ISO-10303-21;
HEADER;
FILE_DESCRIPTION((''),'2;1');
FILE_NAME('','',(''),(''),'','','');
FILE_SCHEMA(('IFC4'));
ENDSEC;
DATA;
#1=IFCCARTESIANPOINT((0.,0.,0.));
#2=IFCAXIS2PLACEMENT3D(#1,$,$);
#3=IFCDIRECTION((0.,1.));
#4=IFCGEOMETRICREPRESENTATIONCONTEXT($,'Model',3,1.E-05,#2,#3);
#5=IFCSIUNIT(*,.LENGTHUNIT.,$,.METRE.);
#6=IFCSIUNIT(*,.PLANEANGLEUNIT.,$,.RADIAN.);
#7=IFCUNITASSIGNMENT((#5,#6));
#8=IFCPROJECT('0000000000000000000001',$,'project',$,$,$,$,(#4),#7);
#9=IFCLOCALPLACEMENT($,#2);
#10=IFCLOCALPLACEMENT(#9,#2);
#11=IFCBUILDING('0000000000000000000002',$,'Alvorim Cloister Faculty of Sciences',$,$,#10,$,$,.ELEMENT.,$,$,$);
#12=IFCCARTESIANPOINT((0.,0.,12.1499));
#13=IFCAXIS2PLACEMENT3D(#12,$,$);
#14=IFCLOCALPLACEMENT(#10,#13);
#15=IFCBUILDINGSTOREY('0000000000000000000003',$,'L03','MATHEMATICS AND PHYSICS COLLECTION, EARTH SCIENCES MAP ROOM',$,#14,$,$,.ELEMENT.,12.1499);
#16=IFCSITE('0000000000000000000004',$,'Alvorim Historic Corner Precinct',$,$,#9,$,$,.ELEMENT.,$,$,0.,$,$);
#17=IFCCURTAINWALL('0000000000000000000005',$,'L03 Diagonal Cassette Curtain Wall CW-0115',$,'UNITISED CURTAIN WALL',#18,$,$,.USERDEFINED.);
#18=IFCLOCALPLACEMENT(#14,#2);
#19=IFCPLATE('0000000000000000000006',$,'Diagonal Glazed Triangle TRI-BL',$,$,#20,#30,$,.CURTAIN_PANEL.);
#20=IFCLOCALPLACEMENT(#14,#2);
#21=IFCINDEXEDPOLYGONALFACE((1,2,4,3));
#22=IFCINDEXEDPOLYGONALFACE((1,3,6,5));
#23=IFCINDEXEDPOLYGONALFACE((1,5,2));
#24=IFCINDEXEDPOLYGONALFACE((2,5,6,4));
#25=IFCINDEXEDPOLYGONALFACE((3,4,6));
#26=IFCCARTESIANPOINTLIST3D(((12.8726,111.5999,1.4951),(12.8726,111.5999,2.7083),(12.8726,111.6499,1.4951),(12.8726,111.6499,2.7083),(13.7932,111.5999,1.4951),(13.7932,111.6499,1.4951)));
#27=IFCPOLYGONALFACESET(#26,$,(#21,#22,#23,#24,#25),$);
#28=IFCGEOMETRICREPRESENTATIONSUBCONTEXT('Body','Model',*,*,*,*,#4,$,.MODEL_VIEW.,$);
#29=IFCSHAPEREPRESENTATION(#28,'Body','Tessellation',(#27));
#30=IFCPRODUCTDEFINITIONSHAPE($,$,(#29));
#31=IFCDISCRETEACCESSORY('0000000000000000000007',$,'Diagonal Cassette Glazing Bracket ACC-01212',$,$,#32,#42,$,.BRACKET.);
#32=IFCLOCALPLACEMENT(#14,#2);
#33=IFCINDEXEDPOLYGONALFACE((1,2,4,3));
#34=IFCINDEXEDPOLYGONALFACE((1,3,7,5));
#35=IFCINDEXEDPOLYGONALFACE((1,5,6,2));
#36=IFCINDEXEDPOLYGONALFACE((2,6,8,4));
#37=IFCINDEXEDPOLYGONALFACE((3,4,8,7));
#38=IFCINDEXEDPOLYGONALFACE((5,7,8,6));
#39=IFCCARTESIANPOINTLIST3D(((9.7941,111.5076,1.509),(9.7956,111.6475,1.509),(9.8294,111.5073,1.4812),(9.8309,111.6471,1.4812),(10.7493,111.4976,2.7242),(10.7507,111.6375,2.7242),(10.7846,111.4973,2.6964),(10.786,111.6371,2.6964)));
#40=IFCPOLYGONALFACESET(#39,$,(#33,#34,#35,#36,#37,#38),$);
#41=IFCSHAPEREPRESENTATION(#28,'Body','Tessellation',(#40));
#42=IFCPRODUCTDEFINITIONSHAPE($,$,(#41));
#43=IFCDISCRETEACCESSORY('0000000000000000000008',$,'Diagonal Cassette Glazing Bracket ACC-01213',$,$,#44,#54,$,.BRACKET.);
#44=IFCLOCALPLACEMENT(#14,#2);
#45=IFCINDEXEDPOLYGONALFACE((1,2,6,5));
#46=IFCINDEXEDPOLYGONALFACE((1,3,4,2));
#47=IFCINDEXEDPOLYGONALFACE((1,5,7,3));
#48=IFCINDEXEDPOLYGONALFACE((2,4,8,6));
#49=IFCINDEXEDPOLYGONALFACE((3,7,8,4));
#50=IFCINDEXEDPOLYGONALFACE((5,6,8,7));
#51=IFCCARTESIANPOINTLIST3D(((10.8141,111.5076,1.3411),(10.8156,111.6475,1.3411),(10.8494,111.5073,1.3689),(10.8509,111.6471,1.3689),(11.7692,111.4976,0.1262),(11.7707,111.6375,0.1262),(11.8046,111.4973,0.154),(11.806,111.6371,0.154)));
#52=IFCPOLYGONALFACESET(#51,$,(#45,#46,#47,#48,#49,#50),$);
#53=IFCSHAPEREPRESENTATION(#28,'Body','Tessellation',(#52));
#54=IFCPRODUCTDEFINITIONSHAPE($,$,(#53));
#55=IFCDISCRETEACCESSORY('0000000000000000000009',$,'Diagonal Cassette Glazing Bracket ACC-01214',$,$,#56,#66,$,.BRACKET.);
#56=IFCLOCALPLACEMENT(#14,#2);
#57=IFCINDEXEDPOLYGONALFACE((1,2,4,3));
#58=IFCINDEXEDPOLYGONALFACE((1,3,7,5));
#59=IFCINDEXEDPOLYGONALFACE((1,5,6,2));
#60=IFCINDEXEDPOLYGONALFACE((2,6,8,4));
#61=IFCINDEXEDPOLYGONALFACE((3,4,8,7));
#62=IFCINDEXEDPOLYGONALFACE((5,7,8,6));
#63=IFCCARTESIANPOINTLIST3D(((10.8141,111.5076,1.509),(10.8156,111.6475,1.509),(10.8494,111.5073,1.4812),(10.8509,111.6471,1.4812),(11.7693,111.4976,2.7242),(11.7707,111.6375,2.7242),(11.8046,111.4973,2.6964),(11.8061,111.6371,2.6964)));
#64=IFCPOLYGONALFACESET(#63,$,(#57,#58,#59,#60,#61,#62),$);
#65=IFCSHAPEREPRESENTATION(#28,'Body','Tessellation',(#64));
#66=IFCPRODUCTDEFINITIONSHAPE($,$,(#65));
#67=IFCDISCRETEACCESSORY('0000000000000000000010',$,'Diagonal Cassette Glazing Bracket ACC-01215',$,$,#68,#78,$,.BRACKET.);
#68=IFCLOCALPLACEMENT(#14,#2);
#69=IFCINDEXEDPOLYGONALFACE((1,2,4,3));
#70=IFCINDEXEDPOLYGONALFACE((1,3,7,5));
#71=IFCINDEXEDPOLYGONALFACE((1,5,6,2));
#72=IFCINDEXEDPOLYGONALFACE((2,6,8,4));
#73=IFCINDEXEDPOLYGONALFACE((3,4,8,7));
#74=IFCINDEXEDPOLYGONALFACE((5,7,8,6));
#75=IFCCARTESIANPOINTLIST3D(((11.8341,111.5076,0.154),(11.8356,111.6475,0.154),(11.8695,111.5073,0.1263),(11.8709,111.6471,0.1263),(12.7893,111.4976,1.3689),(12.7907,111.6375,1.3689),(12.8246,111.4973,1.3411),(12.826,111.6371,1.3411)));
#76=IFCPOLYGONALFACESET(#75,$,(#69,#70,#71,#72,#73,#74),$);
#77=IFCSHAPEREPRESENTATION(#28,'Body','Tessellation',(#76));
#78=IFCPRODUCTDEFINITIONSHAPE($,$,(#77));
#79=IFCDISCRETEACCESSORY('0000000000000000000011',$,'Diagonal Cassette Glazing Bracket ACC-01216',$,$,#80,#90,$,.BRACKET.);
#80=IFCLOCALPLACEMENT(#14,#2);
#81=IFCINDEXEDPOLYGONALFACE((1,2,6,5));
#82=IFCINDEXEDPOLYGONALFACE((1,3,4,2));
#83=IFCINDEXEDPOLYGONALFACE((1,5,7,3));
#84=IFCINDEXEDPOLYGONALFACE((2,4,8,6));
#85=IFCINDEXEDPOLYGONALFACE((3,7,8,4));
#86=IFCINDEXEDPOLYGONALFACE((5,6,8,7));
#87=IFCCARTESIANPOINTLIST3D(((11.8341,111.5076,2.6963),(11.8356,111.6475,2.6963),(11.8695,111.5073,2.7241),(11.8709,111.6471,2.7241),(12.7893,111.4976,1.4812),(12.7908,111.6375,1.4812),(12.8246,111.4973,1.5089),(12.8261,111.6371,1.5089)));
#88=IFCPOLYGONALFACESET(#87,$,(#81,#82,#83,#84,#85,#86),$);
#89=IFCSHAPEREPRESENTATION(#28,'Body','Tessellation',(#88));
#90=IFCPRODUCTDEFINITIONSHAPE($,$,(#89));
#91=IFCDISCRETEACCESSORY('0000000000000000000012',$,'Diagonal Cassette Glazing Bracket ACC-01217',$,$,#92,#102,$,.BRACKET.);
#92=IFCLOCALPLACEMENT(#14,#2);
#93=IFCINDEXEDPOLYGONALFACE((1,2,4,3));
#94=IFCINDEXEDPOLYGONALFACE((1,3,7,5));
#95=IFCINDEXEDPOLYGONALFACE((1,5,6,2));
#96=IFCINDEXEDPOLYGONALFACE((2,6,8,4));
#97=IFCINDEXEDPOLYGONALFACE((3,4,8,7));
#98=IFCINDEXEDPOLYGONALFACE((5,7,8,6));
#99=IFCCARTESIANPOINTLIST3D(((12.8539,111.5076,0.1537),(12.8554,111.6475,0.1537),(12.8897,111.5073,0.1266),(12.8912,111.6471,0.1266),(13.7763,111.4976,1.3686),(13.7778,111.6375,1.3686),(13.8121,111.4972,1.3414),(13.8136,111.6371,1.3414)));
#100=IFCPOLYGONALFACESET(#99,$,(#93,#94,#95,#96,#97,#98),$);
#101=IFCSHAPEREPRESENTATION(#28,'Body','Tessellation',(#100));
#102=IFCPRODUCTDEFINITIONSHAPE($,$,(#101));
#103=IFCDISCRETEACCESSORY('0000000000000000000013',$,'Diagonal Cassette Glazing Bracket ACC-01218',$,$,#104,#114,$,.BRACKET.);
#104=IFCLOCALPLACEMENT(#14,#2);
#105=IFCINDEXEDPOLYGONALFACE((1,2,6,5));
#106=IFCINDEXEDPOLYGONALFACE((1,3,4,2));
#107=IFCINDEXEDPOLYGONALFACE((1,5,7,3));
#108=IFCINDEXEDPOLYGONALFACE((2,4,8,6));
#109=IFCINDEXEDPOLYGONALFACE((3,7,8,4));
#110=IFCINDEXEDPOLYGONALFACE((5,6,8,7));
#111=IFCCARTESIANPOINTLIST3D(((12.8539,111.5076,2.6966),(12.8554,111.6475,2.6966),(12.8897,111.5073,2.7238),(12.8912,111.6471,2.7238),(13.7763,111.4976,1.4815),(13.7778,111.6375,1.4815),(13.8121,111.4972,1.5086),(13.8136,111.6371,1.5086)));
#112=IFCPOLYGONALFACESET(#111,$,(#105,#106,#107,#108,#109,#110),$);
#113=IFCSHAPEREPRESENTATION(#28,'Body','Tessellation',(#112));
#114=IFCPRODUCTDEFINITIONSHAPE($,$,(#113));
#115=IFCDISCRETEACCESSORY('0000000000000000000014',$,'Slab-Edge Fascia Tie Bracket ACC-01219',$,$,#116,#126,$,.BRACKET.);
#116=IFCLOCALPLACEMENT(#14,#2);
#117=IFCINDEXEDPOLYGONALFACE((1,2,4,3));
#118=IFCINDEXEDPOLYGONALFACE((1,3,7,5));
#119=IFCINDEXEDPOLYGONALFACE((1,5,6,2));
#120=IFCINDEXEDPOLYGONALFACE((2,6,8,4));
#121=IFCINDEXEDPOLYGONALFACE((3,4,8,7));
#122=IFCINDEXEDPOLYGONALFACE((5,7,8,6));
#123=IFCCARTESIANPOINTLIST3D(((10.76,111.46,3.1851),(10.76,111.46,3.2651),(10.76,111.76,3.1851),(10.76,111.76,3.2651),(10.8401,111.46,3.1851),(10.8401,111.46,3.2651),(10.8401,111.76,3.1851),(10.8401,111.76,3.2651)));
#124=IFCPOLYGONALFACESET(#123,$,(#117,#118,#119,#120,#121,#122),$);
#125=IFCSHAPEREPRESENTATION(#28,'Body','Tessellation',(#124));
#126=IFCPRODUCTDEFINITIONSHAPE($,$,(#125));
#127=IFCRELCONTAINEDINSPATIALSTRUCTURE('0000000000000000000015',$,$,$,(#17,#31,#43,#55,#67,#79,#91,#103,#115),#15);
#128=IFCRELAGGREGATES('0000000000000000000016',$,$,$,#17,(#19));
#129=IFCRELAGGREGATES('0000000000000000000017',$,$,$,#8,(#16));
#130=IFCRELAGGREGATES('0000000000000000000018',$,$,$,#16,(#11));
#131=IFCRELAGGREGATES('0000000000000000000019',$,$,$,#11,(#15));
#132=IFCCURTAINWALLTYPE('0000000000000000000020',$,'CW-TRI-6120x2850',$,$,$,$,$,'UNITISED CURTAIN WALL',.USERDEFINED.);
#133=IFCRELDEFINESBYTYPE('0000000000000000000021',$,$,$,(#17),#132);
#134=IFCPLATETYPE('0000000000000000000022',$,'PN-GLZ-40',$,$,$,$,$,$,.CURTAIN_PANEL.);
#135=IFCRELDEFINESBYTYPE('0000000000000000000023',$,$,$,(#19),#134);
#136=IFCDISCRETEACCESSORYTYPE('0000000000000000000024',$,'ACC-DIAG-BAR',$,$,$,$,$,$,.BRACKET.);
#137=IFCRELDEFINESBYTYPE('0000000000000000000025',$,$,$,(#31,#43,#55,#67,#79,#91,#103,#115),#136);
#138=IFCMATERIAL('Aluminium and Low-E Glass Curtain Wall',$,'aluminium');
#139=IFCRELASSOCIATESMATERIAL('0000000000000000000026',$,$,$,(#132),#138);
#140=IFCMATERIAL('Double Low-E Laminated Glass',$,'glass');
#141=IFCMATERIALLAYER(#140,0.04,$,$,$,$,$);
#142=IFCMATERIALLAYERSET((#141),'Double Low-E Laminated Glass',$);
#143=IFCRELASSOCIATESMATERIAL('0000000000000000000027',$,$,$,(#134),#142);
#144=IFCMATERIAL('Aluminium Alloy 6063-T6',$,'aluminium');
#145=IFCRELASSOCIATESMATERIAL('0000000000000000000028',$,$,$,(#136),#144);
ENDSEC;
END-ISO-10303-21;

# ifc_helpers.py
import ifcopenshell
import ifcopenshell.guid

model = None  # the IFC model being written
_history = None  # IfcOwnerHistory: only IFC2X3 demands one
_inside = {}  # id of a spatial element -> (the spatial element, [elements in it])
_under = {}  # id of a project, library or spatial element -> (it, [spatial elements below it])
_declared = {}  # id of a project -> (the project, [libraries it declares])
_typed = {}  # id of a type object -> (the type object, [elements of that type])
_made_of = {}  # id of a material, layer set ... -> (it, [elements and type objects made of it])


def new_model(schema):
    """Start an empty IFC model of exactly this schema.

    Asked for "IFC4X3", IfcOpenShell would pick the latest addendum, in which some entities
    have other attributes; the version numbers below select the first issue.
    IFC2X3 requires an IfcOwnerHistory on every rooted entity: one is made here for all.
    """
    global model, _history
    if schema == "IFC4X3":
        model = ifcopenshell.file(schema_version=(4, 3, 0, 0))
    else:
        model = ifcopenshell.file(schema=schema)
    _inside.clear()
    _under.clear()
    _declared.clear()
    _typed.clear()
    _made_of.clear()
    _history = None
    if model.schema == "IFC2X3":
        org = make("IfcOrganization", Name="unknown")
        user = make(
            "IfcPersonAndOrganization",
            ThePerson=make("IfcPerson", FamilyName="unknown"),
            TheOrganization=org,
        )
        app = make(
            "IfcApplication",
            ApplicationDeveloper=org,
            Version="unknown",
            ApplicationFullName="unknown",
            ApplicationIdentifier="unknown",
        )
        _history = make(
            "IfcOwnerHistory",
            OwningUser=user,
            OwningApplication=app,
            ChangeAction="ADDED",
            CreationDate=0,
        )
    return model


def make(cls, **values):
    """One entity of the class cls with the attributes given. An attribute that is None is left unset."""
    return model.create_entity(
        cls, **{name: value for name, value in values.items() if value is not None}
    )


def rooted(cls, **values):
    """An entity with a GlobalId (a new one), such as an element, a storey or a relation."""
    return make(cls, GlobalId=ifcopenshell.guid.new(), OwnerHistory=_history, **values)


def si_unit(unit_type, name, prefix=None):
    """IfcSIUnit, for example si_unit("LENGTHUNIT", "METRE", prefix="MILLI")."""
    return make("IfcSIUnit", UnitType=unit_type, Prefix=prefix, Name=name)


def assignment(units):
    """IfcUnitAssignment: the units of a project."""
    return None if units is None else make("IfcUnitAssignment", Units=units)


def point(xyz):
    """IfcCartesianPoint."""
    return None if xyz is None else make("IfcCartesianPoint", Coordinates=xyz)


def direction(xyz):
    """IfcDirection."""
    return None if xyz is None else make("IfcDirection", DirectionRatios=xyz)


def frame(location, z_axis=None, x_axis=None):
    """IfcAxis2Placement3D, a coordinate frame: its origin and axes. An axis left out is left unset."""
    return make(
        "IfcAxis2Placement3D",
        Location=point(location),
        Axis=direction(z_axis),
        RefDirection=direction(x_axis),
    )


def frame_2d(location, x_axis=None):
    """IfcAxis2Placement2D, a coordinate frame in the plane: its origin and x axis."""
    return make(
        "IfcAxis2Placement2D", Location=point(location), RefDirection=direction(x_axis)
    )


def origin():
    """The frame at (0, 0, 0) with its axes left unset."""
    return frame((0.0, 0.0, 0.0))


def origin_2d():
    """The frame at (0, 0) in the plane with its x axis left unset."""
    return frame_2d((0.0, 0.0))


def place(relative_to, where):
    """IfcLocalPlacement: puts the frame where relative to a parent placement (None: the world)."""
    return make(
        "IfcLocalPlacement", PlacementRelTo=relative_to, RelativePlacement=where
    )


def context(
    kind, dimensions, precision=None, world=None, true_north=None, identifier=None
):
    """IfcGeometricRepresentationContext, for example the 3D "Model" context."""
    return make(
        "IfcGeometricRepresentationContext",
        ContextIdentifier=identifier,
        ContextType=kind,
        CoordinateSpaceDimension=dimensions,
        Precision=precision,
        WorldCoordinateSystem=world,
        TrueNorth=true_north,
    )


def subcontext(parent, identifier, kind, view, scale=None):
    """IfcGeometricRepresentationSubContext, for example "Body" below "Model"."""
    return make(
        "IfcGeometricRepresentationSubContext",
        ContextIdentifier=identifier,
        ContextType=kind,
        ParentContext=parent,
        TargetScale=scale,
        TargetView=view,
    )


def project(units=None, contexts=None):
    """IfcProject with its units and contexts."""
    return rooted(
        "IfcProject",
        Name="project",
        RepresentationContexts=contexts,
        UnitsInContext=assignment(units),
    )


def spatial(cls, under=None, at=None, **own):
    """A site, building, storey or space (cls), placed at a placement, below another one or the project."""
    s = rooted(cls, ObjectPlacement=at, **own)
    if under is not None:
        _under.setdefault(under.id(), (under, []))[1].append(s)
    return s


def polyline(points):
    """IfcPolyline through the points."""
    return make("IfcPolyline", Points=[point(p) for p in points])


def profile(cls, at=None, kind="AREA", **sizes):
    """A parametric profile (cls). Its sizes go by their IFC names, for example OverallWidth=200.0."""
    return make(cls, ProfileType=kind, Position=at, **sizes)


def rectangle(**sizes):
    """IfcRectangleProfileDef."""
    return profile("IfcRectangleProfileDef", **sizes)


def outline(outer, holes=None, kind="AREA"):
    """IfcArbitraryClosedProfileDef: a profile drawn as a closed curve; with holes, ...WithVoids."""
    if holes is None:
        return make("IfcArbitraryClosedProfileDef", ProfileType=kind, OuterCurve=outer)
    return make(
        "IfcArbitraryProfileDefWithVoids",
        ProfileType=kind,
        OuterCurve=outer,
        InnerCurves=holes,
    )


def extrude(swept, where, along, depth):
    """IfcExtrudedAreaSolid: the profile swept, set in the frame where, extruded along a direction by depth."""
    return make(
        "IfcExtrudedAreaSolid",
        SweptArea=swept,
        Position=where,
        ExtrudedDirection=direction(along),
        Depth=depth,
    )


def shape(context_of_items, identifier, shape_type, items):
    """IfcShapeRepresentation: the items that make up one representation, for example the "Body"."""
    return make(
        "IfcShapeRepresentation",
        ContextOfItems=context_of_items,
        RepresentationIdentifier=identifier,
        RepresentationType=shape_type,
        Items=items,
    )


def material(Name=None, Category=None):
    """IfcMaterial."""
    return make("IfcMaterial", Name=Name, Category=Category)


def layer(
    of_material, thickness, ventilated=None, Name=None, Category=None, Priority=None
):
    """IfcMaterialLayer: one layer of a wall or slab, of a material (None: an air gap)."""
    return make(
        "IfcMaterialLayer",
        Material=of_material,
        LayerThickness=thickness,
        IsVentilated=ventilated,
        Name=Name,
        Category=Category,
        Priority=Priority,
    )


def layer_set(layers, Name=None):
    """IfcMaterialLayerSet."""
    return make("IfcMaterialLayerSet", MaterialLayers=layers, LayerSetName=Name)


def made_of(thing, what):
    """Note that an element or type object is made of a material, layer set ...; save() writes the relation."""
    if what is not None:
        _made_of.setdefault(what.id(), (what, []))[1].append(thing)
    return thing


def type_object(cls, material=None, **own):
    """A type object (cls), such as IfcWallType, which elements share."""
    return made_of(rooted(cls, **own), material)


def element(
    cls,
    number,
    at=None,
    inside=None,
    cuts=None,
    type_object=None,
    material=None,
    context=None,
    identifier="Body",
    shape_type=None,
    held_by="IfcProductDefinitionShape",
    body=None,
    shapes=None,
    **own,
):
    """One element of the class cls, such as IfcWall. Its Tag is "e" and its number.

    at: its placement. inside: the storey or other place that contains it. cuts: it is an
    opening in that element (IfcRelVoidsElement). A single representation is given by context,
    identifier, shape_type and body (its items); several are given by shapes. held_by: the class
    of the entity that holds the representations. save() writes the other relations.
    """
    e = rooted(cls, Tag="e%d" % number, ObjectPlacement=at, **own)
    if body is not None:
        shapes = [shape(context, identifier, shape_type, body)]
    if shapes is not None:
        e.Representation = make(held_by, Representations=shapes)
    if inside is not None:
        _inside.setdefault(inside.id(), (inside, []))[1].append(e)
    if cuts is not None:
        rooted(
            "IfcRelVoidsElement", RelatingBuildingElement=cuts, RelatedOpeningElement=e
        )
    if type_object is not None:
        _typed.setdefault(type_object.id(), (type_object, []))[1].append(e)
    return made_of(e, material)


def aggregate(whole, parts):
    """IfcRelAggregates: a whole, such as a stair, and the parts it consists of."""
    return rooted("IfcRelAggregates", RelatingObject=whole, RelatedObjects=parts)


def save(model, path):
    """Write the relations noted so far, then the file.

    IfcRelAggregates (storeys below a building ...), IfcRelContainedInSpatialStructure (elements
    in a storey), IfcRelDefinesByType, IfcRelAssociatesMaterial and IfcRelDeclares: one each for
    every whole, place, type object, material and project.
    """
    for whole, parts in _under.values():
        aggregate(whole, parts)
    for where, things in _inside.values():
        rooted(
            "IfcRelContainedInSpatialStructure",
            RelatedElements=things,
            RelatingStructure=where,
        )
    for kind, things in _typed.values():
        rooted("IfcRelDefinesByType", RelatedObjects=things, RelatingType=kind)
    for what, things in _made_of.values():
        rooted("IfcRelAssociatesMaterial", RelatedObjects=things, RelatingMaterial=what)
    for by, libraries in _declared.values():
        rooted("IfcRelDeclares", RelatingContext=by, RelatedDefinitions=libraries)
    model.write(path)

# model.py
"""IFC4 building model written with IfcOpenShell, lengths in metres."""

from ifc_helpers import new_model, si_unit, direction, frame, origin, origin_2d, place, context, subcontext, project, spatial, polyline, rectangle, outline, extrude, material, layer, layer_set, type_object, element, aggregate, save


model = new_model("IFC4")

# Units and contexts
model_context = context("Model", 3, precision=1e-05, world=origin(), true_north=direction((0.0, 1.0)))
body_context = subcontext(model_context, "Body", "Model", "MODEL_VIEW")
ifc_project = project(units=[si_unit("LENGTHUNIT", "METRE"), si_unit("PLANEANGLEUNIT", "RADIAN")], contexts=[model_context])

# Site, building, storey
site_placement = place(None, origin())
site = spatial("IfcSite", under=ifc_project, at=site_placement, Name="Alvorim Historic Corner Precinct", CompositionType="ELEMENT", RefElevation=0.0)
building_placement = place(site_placement, origin())
building = spatial("IfcBuilding", under=site, at=building_placement, Name="Alvorim Cloister Faculty of Sciences", CompositionType="ELEMENT")
storey_placement = place(building_placement, frame((0.0, 0.0, 12.1499)))
storey = spatial("IfcBuildingStorey", under=building, at=storey_placement, Name="L03", Description="MATHEMATICS AND PHYSICS COLLECTION, EARTH SCIENCES MAP ROOM", CompositionType="ELEMENT", Elevation=12.1499)

# Curtain wall, plate
ifc_material_1 = material(Name="Aluminium and Low-E Glass Curtain Wall", Category="aluminium")
curtain_wall_type = type_object("IfcCurtainWallType", Name="CW-TRI-6120x2850", ElementType="UNITISED CURTAIN WALL", PredefinedType="USERDEFINED", material=ifc_material_1)
curtain_wall_placement = place(storey_placement, origin())
curtain_wall = element("IfcCurtainWall", 1, at=curtain_wall_placement, inside=storey, type_object=curtain_wall_type, Name="L03 Diagonal Cassette Curtain Wall CW-0115", ObjectType="UNITISED CURTAIN WALL", PredefinedType="USERDEFINED")
ifc_material_2 = material(Name="Aluminium Alloy 6063-T6", Category="aluminium")
ifc_material_3 = material(Name="Double Low-E Laminated Glass", Category="glass")
ifc_layer = layer(ifc_material_3, 0.04)
ifc_layer_set = layer_set([ifc_layer], Name="Double Low-E Laminated Glass")
plate_type = type_object("IfcPlateType", Name="PN-GLZ-40", PredefinedType="CURTAIN_PANEL", material=ifc_layer_set)
plate_1_placement = place(storey_placement, frame((12.8726, 111.625, 1.4951), z_axis=(0.0, 0.0, 1.0), x_axis=(1.0, 0.0, 0.0)))
plate_1 = element("IfcPlate", 2, at=plate_1_placement, type_object=plate_type, Name="Diagonal Glazed Triangle TRI-BL", PredefinedType="CURTAIN_PANEL", context=body_context, shape_type="SweptSolid", body=[
    extrude(outline(polyline([(0.0, 0.0), (0.9207, 0.0), (0.0, 1.2131), (0.0, 0.0)])), frame((0.0, 0.0249, 0.0), z_axis=(0.0, -1.0, 0.0), x_axis=(1.0, 0.0, 0.0)), (0.0, 0.0, 1.0), 0.05),
])
aggregate(curtain_wall, [plate_1])

# Discrete accessories
discrete_accessory_type = type_object("IfcDiscreteAccessoryType", Name="ACC-DIAG-BAR", PredefinedType="BRACKET", material=ifc_material_2)
discrete_accessory_1_placement = place(storey_placement, frame((9.8125, 111.5774, 1.4951), z_axis=(0.617955, -0.006477, 0.786187), x_axis=(0.01048, 0.999945, 0.0)))
element("IfcDiscreteAccessory", 3, at=discrete_accessory_1_placement, inside=storey, type_object=discrete_accessory_type, Name="Diagonal Cassette Glazing Bracket ACC-01212", PredefinedType="BRACKET", context=body_context, shape_type="SweptSolid", body=[
    extrude(rectangle(XDim=0.1399, YDim=0.0449, at=origin_2d()), origin(), (0.0, 0.0, 1.0), 1.5457),
])
discrete_accessory_2_placement = place(storey_placement, frame((10.8325, 111.5774, 1.355), z_axis=(0.618032, -0.006477, -0.786126), x_axis=(0.01048, 0.999945, 0.0)))
element("IfcDiscreteAccessory", 4, at=discrete_accessory_2_placement, inside=storey, type_object=discrete_accessory_type, Name="Diagonal Cassette Glazing Bracket ACC-01213", PredefinedType="BRACKET", context=body_context, shape_type="SweptSolid", body=[
    extrude(rectangle(XDim=0.1399, YDim=0.0449, at=origin_2d()), origin(), (0.0, 0.0, 1.0), 1.5454),
])
discrete_accessory_3_placement = place(storey_placement, frame((10.8325, 111.5774, 1.4951), z_axis=(0.617955, -0.006477, 0.786187), x_axis=(0.01048, 0.999945, 0.0)))
element("IfcDiscreteAccessory", 5, at=discrete_accessory_3_placement, inside=storey, type_object=discrete_accessory_type, Name="Diagonal Cassette Glazing Bracket ACC-01214", PredefinedType="BRACKET", context=body_context, shape_type="SweptSolid", body=[
    extrude(rectangle(XDim=0.1399, YDim=0.0449, at=origin_2d()), origin(), (0.0, 0.0, 1.0), 1.5457),
])
discrete_accessory_4_placement = place(storey_placement, frame((11.8525, 111.5774, 0.1401), z_axis=(0.618032, -0.006477, 0.786126), x_axis=(0.01048, 0.999945, 0.0)))
element("IfcDiscreteAccessory", 6, at=discrete_accessory_4_placement, inside=storey, type_object=discrete_accessory_type, Name="Diagonal Cassette Glazing Bracket ACC-01215", PredefinedType="BRACKET", context=body_context, shape_type="SweptSolid", body=[
    extrude(rectangle(XDim=0.1399, YDim=0.0449, at=origin_2d()), origin(), (0.0, 0.0, 1.0), 1.5454),
])
discrete_accessory_5_placement = place(storey_placement, frame((11.8525, 111.5774, 2.7102), z_axis=(0.617955, -0.006477, -0.786187), x_axis=(0.01048, 0.999945, 0.0)))
element("IfcDiscreteAccessory", 7, at=discrete_accessory_5_placement, inside=storey, type_object=discrete_accessory_type, Name="Diagonal Cassette Glazing Bracket ACC-01216", PredefinedType="BRACKET", context=body_context, shape_type="SweptSolid", body=[
    extrude(rectangle(XDim=0.1399, YDim=0.0449, at=origin_2d()), origin(), (0.0, 0.0, 1.0), 1.5457),
])
discrete_accessory_6_placement = place(storey_placement, frame((12.8726, 111.5774, 0.1401), z_axis=(0.604689, -0.006562, 0.796435), x_axis=(0.010852, 0.999941, 0.0)))
element("IfcDiscreteAccessory", 8, at=discrete_accessory_6_placement, inside=storey, type_object=discrete_accessory_type, Name="Diagonal Cassette Glazing Bracket ACC-01217", PredefinedType="BRACKET", context=body_context, shape_type="SweptSolid", body=[
    extrude(rectangle(XDim=0.1399, YDim=0.0449, at=origin_2d()), origin(), (0.0, 0.0, 1.0), 1.5254),
])
discrete_accessory_7_placement = place(storey_placement, frame((12.8726, 111.5774, 2.7102), z_axis=(0.604612, -0.006561, -0.796493), x_axis=(0.010852, 0.999941, 0.0)))
element("IfcDiscreteAccessory", 9, at=discrete_accessory_7_placement, inside=storey, type_object=discrete_accessory_type, Name="Diagonal Cassette Glazing Bracket ACC-01218", PredefinedType="BRACKET", context=body_context, shape_type="SweptSolid", body=[
    extrude(rectangle(XDim=0.1399, YDim=0.0449, at=origin_2d()), origin(), (0.0, 0.0, 1.0), 1.5256),
])
discrete_accessory_8_placement = place(storey_placement, frame((10.8, 111.46, 3.2251), z_axis=(0.0, 1.0, 0.0), x_axis=(-1.0, 0.0, 0.0)))
element("IfcDiscreteAccessory", 10, at=discrete_accessory_8_placement, inside=storey, type_object=discrete_accessory_type, Name="Slab-Edge Fascia Tie Bracket ACC-01219", PredefinedType="BRACKET", context=body_context, shape_type="SweptSolid", body=[
    extrude(rectangle(XDim=0.0801, YDim=0.0801, at=origin_2d()), origin(), (0.0, 0.0, 1.0), 0.3),
])

save(model, "model.ifc")
